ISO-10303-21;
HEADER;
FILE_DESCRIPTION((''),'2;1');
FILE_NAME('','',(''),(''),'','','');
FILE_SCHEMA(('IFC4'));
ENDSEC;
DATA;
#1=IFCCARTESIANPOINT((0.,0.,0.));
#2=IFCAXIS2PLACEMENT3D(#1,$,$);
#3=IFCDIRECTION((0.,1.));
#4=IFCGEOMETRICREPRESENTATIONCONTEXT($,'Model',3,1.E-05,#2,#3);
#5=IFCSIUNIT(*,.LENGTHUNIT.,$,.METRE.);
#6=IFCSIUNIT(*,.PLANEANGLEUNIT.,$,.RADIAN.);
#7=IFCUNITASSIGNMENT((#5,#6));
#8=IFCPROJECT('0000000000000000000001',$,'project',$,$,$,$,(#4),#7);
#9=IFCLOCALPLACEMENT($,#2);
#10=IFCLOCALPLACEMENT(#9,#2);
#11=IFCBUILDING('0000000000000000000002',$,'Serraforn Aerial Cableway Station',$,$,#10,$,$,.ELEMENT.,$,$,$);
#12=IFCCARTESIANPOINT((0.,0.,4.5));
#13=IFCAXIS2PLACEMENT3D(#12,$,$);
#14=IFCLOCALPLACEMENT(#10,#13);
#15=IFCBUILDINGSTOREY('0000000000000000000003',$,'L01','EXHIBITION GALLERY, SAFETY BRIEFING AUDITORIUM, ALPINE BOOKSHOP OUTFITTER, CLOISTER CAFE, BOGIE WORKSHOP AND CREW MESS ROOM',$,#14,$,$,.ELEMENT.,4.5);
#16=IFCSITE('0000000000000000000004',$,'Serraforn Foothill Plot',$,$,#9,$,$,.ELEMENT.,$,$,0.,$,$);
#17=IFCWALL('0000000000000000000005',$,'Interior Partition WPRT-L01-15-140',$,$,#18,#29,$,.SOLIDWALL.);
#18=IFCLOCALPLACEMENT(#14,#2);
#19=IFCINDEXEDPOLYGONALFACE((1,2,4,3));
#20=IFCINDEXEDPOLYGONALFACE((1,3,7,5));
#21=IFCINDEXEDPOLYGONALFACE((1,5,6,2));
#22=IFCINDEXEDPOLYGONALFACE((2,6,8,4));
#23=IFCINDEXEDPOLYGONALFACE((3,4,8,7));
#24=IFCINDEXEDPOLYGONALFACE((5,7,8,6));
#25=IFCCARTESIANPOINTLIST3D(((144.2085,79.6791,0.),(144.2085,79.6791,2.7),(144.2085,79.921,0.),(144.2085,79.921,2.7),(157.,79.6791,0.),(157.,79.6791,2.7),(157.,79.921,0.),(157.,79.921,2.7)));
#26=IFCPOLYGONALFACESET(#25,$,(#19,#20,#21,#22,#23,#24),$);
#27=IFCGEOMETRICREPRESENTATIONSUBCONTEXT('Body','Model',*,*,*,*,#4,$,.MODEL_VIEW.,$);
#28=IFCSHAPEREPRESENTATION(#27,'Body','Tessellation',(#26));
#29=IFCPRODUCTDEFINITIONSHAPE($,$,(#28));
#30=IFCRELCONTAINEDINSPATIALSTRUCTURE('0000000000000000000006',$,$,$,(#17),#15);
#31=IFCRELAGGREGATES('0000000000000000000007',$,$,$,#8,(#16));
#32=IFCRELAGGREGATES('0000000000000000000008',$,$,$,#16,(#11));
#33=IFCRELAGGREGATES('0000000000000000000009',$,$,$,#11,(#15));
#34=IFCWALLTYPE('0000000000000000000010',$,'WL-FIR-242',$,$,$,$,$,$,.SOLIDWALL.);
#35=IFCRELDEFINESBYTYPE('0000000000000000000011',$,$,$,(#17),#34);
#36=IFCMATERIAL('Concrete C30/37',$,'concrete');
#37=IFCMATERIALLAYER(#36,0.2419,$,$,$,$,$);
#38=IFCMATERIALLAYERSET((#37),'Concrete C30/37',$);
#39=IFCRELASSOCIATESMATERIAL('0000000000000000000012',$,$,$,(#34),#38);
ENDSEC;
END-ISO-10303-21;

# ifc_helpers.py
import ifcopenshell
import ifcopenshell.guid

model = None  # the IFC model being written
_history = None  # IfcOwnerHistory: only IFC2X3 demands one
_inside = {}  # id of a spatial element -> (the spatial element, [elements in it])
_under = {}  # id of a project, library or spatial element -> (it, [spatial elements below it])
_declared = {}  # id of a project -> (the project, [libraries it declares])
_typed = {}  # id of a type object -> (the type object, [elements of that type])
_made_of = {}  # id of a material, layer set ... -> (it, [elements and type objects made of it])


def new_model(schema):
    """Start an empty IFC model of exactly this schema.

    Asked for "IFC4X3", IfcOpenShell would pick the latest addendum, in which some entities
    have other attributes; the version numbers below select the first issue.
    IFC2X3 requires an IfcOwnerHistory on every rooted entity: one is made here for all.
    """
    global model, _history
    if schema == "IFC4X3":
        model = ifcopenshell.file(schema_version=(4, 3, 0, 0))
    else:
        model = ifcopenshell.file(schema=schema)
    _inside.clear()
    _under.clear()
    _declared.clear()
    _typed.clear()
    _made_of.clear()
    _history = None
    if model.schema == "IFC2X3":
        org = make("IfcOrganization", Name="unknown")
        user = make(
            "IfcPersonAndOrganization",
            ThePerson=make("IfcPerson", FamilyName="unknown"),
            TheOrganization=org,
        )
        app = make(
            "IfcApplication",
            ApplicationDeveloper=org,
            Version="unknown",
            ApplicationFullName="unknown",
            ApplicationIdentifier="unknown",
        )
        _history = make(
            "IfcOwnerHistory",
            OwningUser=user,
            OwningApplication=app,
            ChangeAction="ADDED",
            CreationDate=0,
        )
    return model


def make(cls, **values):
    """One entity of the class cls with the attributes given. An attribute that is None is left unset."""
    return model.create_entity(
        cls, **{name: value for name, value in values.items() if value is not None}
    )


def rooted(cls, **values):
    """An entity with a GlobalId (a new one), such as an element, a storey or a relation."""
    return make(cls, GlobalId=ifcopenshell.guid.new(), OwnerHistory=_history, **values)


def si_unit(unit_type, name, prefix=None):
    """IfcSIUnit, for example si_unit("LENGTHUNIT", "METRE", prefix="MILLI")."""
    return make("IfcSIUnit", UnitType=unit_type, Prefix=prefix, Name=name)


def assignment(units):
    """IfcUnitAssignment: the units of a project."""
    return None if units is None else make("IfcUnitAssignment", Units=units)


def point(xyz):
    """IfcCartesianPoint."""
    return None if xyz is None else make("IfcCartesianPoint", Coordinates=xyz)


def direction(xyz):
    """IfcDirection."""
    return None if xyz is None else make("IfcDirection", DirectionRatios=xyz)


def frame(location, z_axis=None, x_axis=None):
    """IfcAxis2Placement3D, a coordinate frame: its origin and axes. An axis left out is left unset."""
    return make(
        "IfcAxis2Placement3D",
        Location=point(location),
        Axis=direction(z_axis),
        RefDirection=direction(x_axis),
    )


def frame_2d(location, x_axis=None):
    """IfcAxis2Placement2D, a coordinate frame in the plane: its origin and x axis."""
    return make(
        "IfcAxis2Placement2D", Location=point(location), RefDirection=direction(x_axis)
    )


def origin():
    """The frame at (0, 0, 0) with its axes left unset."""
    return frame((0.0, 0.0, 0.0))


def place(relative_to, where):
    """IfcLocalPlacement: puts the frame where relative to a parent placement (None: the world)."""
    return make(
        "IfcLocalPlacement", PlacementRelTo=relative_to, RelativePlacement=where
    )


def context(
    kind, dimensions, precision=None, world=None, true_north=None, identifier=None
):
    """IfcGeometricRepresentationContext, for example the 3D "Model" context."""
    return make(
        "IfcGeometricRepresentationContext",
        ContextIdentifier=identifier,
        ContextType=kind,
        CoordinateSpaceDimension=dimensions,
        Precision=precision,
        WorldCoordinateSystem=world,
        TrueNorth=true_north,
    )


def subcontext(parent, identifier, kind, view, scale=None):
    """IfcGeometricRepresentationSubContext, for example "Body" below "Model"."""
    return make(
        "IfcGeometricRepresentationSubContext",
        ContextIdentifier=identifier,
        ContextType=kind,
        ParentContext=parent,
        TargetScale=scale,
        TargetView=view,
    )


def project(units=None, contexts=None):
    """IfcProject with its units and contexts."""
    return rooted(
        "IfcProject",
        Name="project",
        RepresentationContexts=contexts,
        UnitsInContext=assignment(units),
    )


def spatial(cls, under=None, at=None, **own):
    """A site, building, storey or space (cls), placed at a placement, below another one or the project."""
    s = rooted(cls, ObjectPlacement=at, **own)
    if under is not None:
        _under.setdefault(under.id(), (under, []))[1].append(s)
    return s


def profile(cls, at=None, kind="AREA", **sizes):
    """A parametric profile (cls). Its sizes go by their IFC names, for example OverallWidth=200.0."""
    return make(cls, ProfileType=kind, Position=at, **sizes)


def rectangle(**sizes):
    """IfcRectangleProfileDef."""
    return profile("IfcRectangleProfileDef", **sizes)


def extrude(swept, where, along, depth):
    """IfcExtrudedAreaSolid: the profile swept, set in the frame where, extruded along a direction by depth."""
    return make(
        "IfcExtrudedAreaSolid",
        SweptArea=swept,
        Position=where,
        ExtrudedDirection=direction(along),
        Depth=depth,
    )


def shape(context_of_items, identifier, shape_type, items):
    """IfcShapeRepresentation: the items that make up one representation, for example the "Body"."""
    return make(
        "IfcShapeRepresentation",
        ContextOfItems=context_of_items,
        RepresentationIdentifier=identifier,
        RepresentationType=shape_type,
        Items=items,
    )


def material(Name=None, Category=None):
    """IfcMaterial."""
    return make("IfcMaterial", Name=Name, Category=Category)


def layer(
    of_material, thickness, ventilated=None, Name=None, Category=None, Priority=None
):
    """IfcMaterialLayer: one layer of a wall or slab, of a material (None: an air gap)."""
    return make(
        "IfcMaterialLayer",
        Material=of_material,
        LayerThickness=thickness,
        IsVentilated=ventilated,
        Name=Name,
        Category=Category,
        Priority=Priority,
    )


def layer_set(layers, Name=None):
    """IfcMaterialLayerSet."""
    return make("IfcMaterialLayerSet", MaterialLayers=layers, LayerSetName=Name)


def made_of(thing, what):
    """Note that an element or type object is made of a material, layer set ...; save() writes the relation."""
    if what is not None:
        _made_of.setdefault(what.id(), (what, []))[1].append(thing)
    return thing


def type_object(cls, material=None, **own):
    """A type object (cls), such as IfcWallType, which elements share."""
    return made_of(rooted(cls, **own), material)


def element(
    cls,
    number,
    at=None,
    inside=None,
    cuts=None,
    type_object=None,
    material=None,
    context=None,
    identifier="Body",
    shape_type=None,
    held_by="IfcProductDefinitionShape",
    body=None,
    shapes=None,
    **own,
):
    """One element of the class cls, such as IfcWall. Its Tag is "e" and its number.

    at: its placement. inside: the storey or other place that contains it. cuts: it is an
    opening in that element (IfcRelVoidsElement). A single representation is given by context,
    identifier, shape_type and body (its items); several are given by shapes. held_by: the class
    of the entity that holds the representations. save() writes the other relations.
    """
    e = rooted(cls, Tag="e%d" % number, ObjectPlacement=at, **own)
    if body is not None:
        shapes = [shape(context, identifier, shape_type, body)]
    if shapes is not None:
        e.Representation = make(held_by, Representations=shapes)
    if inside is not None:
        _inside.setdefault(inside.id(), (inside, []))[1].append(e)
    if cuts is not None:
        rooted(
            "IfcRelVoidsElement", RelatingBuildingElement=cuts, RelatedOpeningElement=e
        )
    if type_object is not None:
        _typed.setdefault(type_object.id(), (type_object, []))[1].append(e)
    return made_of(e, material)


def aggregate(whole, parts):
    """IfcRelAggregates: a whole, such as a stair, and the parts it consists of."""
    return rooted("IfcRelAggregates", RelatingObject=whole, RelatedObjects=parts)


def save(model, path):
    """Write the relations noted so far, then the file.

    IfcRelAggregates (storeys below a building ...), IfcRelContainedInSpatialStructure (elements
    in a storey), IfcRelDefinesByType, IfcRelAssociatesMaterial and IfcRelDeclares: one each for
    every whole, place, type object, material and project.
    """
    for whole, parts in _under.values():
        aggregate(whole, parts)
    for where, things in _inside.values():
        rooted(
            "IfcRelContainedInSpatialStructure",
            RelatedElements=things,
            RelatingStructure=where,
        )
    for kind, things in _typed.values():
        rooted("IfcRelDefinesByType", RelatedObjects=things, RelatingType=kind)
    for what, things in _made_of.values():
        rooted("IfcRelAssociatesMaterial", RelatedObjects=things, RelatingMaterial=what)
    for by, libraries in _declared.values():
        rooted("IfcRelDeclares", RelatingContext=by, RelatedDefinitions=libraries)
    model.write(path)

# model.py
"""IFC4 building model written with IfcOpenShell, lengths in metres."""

from ifc_helpers import new_model, si_unit, direction, frame, frame_2d, origin, place, context, subcontext, project, spatial, rectangle, extrude, material, layer, layer_set, type_object, element, save


model = new_model("IFC4")

# Units and contexts
model_context = context("Model", 3, precision=1e-05, world=origin(), true_north=direction((0.0, 1.0)))
body_context = subcontext(model_context, "Body", "Model", "MODEL_VIEW")
ifc_project = project(units=[si_unit("LENGTHUNIT", "METRE"), si_unit("PLANEANGLEUNIT", "RADIAN")], contexts=[model_context])

# Site, building, storey
site_placement = place(None, origin())
site = spatial("IfcSite", under=ifc_project, at=site_placement, Name="Serraforn Foothill Plot", CompositionType="ELEMENT", RefElevation=0.0)
building_placement = place(site_placement, origin())
building = spatial("IfcBuilding", under=site, at=building_placement, Name="Serraforn Aerial Cableway Station", CompositionType="ELEMENT")
storey_placement = place(building_placement, frame((0.0, 0.0, 4.5)))
storey = spatial("IfcBuildingStorey", under=building, at=storey_placement, Name="L01", Description="EXHIBITION GALLERY, SAFETY BRIEFING AUDITORIUM, ALPINE BOOKSHOP OUTFITTER, CLOISTER CAFE, BOGIE WORKSHOP AND CREW MESS ROOM", CompositionType="ELEMENT", Elevation=4.5)

# Wall
ifc_material_1 = material(Name="Concrete C30/37", Category="concrete")
ifc_layer_1 = layer(ifc_material_1, 0.2419)
ifc_layer_set_1 = layer_set([ifc_layer_1], Name="Concrete C30/37")
wall_type_1 = type_object("IfcWallType", Name="WL-FIR-242", PredefinedType="SOLIDWALL", material=ifc_layer_set_1)
wall_1_placement = place(storey_placement, frame((144.2085, 79.8, 0.0), z_axis=(0.0, 0.0, 1.0), x_axis=(1.0, 0.0, 0.0)))
element("IfcWall", 1, at=wall_1_placement, inside=storey, type_object=wall_type_1, Name="Interior Partition WPRT-L01-15-140", PredefinedType="SOLIDWALL", context=body_context, shape_type="SweptSolid", body=[
    extrude(rectangle(XDim=12.7915, YDim=0.2419, at=frame_2d((6.3958, 0.0))), origin(), (0.0, 0.0, 1.0), 2.7),
])

save(model, "model.ifc")
